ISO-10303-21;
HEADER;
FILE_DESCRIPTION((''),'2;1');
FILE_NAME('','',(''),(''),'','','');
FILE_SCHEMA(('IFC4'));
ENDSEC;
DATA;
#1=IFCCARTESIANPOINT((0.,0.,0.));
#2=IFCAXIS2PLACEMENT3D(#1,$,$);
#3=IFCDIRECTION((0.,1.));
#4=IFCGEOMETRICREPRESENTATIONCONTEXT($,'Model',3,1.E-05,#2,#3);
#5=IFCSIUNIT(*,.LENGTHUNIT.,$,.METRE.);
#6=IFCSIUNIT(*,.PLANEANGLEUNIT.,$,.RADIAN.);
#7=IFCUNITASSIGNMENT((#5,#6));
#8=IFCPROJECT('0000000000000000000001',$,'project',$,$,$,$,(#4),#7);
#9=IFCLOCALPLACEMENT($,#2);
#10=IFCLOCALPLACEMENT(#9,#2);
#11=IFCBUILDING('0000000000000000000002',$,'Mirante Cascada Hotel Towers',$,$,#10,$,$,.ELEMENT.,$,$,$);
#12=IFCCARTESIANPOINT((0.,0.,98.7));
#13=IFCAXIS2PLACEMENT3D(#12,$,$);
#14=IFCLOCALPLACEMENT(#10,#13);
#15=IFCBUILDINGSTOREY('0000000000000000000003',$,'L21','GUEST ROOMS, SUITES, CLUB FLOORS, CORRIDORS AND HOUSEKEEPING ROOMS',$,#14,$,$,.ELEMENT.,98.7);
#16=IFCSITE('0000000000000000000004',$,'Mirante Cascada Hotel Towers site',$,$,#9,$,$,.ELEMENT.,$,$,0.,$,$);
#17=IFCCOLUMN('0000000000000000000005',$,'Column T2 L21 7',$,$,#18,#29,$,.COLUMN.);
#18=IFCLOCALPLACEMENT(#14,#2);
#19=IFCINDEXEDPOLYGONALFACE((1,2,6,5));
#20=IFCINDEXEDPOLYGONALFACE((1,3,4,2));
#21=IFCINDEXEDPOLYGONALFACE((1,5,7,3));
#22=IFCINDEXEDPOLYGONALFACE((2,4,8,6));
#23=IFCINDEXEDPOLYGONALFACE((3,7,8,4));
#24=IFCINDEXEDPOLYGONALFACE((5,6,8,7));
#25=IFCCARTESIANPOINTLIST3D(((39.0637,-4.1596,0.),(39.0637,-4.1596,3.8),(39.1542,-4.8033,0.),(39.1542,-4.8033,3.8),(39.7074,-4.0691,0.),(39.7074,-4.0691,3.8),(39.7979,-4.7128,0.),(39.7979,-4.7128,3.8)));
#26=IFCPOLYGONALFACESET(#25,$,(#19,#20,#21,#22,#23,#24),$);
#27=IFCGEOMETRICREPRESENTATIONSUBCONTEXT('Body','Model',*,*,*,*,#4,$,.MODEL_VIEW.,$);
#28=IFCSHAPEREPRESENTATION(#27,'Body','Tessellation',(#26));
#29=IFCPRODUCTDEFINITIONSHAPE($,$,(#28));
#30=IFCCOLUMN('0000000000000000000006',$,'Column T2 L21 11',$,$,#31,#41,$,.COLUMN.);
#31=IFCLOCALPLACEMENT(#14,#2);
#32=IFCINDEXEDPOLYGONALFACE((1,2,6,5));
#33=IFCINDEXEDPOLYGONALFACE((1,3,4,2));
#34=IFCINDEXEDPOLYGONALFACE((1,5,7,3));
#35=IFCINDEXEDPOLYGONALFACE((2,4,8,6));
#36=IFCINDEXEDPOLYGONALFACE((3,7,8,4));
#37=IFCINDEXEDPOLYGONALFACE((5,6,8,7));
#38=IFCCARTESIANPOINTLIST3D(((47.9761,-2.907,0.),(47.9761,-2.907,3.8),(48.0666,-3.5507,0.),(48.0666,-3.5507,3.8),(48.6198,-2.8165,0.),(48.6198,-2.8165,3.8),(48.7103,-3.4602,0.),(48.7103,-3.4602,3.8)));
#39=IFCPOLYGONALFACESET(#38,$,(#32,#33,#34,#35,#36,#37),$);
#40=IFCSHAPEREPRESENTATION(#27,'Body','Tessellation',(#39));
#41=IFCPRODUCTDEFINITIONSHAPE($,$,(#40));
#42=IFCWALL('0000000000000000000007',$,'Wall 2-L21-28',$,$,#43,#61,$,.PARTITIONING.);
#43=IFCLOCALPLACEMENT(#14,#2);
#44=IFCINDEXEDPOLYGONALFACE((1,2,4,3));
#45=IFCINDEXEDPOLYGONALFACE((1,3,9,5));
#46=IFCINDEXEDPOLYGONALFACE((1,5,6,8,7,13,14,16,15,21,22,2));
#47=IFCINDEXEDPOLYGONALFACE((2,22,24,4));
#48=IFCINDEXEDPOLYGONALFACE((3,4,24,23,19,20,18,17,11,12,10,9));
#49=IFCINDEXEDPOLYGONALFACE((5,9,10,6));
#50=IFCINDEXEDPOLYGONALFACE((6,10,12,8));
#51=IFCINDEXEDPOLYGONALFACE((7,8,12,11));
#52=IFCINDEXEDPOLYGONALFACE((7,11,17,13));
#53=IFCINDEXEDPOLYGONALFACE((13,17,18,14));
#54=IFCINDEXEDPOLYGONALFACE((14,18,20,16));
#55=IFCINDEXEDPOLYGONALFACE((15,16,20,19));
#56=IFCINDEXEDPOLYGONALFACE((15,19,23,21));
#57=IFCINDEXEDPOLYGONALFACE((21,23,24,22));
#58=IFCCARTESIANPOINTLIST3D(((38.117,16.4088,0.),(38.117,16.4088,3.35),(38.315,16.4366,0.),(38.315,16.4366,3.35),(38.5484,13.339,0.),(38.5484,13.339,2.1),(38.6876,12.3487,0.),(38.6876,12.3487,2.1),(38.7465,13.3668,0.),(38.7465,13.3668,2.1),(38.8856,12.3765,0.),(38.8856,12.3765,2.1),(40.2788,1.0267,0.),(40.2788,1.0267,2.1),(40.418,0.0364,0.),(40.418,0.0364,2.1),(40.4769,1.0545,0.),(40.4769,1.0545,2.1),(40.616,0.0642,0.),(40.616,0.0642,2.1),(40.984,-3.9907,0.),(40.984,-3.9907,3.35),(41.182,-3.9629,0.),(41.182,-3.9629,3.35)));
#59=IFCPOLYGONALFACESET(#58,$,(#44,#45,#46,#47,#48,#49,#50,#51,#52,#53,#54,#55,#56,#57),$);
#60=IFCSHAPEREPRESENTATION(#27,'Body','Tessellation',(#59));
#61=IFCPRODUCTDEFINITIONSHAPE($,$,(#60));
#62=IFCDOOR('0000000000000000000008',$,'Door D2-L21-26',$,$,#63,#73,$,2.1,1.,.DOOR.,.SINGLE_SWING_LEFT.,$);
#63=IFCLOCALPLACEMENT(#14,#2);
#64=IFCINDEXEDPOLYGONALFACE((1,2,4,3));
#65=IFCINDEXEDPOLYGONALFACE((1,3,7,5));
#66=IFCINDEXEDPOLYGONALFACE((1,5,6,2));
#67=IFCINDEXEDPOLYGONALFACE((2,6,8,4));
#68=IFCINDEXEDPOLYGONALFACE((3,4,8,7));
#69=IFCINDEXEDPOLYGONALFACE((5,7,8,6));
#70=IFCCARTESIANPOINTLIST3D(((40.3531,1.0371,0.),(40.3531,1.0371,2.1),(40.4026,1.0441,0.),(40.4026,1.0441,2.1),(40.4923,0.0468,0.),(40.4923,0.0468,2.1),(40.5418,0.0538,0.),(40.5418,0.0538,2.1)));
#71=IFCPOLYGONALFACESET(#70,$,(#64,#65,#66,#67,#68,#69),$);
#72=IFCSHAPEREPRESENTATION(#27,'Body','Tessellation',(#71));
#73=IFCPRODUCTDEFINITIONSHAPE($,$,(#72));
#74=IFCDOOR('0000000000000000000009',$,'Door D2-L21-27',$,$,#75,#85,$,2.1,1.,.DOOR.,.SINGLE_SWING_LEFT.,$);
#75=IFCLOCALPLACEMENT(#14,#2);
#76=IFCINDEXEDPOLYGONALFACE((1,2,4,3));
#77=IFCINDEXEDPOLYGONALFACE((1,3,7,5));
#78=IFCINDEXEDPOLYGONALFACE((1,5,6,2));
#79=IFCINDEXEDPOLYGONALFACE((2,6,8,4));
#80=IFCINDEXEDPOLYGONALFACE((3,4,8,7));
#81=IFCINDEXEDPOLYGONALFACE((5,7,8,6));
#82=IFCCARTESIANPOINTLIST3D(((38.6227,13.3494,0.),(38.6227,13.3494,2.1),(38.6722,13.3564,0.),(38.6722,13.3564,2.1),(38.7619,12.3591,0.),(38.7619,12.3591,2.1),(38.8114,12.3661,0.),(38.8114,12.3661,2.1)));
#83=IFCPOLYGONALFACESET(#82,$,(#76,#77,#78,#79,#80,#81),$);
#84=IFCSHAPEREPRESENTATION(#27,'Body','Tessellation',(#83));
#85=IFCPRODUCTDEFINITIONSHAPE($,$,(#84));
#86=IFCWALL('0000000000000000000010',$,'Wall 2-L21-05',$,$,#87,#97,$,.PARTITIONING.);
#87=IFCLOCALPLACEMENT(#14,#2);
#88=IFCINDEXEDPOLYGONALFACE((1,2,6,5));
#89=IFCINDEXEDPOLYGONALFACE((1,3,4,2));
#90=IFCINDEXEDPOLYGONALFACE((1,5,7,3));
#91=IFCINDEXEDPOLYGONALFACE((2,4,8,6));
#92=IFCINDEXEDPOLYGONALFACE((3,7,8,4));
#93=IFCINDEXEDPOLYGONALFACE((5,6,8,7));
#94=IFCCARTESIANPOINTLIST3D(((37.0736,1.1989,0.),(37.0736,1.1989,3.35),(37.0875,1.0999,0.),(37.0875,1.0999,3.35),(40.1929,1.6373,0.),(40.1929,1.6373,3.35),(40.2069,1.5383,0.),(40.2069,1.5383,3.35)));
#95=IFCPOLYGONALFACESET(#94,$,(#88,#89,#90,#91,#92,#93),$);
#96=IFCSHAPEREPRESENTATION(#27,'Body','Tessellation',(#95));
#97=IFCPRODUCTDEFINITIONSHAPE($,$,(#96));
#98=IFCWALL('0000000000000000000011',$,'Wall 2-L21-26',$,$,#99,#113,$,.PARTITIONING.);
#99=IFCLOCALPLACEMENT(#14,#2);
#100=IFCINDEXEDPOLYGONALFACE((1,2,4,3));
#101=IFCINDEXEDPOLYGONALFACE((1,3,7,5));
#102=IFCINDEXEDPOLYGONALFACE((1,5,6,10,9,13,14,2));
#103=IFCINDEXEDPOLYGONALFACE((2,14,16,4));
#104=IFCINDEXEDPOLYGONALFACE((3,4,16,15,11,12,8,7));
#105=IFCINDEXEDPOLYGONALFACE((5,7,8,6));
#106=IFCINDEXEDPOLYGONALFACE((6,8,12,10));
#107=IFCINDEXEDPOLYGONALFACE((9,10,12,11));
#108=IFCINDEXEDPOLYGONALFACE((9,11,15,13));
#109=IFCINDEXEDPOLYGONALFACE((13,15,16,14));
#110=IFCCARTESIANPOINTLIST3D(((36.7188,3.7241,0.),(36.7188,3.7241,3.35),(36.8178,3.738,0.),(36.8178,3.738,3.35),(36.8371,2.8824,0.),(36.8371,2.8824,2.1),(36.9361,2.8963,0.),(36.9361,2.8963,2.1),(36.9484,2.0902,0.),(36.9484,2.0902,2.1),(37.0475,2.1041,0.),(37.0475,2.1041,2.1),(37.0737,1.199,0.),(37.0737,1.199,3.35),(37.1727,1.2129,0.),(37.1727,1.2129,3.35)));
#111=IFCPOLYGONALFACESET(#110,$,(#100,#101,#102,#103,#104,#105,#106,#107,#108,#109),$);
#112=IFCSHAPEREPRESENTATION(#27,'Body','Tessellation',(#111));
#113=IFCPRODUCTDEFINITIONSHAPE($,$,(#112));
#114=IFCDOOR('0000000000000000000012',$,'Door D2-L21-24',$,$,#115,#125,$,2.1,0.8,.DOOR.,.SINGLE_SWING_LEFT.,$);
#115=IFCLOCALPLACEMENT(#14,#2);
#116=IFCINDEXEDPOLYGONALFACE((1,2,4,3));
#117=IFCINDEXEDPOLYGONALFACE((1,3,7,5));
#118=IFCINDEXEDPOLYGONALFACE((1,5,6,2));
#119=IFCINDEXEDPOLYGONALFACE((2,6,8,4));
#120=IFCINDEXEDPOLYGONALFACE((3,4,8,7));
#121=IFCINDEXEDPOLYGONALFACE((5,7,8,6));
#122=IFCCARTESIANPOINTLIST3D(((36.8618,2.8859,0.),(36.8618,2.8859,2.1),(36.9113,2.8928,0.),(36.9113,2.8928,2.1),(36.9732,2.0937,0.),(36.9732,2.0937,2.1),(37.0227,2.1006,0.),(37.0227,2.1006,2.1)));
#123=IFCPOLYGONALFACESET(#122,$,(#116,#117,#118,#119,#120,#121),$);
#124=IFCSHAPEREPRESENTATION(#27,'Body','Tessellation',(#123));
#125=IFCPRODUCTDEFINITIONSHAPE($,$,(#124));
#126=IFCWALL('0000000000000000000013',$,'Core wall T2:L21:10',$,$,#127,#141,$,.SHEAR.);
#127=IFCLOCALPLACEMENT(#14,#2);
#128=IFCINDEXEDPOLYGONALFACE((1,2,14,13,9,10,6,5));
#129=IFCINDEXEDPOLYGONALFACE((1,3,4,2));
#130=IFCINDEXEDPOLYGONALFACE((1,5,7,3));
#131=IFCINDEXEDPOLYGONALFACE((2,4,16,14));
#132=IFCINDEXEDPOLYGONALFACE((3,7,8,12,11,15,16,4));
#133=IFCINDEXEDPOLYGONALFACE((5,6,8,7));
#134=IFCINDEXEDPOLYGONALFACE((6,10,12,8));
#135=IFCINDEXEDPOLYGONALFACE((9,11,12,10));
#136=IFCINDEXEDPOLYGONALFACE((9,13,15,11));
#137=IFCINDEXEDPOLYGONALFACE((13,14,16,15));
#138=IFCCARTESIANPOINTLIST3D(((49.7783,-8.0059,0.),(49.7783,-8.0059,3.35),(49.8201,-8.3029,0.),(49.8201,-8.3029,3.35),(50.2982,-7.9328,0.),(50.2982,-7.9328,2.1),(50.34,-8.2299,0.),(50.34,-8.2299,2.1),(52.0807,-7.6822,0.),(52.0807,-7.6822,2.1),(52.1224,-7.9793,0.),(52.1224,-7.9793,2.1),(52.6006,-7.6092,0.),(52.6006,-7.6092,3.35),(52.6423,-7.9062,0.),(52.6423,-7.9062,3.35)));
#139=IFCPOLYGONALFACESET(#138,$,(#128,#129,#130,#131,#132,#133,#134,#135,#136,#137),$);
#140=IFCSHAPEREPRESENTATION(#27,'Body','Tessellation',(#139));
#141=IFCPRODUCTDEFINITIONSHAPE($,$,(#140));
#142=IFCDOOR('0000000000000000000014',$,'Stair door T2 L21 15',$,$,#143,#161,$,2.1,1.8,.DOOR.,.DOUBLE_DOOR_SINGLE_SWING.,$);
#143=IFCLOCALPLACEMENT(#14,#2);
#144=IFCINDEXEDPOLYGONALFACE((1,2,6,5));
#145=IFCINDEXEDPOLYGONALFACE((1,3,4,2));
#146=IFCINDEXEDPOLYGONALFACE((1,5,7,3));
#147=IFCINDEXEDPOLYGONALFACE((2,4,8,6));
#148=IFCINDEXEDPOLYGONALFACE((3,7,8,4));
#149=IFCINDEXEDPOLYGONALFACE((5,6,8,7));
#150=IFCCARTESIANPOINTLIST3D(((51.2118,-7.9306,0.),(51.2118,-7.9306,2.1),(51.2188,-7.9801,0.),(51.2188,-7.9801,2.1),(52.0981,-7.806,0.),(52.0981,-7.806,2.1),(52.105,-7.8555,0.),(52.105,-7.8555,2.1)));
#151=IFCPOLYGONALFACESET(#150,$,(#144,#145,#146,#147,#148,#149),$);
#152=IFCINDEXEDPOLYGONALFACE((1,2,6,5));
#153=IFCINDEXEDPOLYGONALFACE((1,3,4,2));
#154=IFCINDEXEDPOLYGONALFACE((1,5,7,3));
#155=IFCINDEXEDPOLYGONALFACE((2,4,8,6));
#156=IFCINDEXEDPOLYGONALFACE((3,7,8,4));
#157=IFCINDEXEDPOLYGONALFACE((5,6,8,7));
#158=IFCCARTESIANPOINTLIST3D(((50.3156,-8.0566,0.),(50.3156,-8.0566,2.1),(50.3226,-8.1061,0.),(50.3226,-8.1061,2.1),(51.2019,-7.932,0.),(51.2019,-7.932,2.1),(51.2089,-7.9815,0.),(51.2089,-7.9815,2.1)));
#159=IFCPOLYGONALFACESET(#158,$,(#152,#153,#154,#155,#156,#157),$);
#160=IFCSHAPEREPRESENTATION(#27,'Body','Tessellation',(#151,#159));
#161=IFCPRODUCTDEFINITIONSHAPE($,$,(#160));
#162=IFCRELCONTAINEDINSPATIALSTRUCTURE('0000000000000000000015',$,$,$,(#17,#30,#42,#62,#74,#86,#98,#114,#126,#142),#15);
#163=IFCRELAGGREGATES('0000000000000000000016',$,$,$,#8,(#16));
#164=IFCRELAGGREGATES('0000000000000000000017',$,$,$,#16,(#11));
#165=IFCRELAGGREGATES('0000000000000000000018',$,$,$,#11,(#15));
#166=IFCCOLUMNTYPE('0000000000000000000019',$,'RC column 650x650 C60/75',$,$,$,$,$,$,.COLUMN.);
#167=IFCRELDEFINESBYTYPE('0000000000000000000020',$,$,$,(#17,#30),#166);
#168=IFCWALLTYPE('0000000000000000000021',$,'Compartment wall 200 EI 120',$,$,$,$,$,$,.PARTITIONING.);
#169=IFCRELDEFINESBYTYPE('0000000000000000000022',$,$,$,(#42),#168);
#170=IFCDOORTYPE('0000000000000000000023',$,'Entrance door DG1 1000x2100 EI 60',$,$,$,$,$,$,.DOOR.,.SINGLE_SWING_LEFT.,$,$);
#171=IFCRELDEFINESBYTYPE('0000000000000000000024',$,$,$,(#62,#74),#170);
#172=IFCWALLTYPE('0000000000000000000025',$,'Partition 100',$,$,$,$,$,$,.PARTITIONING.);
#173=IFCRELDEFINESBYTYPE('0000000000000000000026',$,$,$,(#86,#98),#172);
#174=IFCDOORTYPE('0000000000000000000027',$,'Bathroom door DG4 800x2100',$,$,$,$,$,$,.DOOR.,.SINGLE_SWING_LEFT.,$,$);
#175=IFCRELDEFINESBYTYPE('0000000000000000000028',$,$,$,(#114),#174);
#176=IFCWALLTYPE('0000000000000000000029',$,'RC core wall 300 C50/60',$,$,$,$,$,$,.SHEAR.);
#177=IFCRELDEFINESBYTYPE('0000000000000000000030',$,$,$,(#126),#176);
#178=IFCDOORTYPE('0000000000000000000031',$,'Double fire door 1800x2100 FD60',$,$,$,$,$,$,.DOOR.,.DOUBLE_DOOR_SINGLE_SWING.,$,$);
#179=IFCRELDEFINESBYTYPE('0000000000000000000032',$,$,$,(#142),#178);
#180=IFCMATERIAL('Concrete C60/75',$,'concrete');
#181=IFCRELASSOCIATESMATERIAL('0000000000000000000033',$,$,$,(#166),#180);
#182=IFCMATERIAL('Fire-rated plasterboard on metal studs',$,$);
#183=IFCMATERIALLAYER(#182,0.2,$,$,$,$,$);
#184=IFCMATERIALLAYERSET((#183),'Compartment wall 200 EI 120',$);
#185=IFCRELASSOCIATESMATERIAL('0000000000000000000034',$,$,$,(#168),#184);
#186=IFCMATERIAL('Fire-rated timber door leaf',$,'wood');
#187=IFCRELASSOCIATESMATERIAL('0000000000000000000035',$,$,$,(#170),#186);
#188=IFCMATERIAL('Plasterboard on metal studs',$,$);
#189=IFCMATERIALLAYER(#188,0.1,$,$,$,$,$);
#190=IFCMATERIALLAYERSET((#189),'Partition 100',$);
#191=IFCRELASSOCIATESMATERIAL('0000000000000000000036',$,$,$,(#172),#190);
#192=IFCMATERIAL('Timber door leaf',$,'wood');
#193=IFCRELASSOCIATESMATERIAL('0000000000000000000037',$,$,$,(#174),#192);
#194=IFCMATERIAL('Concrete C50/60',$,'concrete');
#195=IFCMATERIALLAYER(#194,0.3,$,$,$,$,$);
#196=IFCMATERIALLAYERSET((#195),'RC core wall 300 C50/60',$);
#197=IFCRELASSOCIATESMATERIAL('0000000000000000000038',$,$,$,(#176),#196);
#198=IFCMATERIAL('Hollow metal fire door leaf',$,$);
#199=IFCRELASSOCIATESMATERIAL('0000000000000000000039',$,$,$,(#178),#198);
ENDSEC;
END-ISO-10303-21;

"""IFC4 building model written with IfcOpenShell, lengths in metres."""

from ifc_helpers import new_model, si_unit, direction, frame, frame_2d, origin, origin_2d, place, context, subcontext, project, spatial, rectangle, extrude, material, layer, layer_set, material_profile, profile_set, type_object, element, fill, save


model = new_model("IFC4")

# Units and contexts
model_context = context("Model", 3, precision=1e-05, world=origin(), true_north=direction((0.0, 1.0)))
body_context = subcontext(model_context, "Body", "Model", "MODEL_VIEW")
ifc_project = project(units=[si_unit("LENGTHUNIT", "METRE"), si_unit("PLANEANGLEUNIT", "RADIAN")], contexts=[model_context])

# Site, building, storey
site_placement = place(None, origin())
site = spatial("IfcSite", under=ifc_project, at=site_placement, Name="Mirante Cascada Hotel Towers site", CompositionType="ELEMENT", RefElevation=0.0)
building_placement = place(site_placement, origin())
building = spatial("IfcBuilding", under=site, at=building_placement, Name="Mirante Cascada Hotel Towers", CompositionType="ELEMENT")
storey_placement = place(building_placement, frame((0.0, 0.0, 98.7)))
storey = spatial("IfcBuildingStorey", under=building, at=storey_placement, Name="L21", Description="GUEST ROOMS, SUITES, CLUB FLOORS, CORRIDORS AND HOUSEKEEPING ROOMS", CompositionType="ELEMENT", Elevation=98.7)

# Columns
ifc_material_1 = material(Name="Concrete C60/75", Category="concrete")
ifc_material_profile = material_profile(ifc_material_1, rectangle(XDim=0.65, YDim=0.65, at=origin_2d()), Name="RC column 650x650 C60/75")
ifc_profile_set = profile_set([ifc_material_profile], Name="Concrete C60/75")
column_type = type_object("IfcColumnType", Name="RC column 650x650 C60/75", PredefinedType="COLUMN", material=ifc_profile_set)
for number, where, z_axis, x_axis, name in (
    (1, (39.4308, -4.4362, 0.0), (0.0, 0.0, 1.0), (0.990268, 0.139173, 0.0), "Column T2 L21 7"),
    (2, (48.3432, -3.1836, 0.0), (0.0, 0.0, 1.0), (0.990268, 0.139173, 0.0), "Column T2 L21 11"),
):
    element("IfcColumn", number, at=place(storey_placement, frame(where, z_axis=z_axis, x_axis=x_axis)), inside=storey, type_object=column_type, Name=name, PredefinedType="COLUMN", context=body_context, shape_type="SweptSolid", body=[
        extrude(rectangle(XDim=0.65, YDim=0.65, at=origin_2d()), origin(), (0.0, 0.0, 1.0), 3.8),
    ])

# Wall, openings, doors
ifc_material_2 = material(Name="Fire-rated plasterboard on metal studs")
ifc_layer_1 = layer(ifc_material_2, 0.2)
ifc_layer_set_1 = layer_set([ifc_layer_1], Name="Compartment wall 200 EI 120")
wall_type_1 = type_object("IfcWallType", Name="Compartment wall 200 EI 120", PredefinedType="PARTITIONING", material=ifc_layer_set_1)
wall_1_placement = place(storey_placement, frame((41.083, -3.9768, 0.0), z_axis=(0.0, 0.0, 1.0), x_axis=(-0.139175, 0.990268, 0.0)))
wall_1 = element("IfcWall", 3, at=wall_1_placement, inside=storey, type_object=wall_type_1, Name="Wall 2-L21-28", PredefinedType="PARTITIONING", context=body_context, shape_type="SweptSolid", body=[
    extrude(rectangle(XDim=20.6, YDim=0.2, at=frame_2d((10.3, 0.0))), origin(), (0.0, 0.0, 1.0), 3.35),
])
opening_1_placement = place(wall_1_placement, frame((4.0667, 0.0, 0.0)))
opening_1 = element("IfcOpeningElement", 4, at=opening_1_placement, cuts=wall_1, PredefinedType="OPENING", context=body_context, shape_type="SweptSolid", body=[
    extrude(rectangle(XDim=1.0, YDim=2.1, at=frame_2d((0.5, 1.05))), frame((0.0, 0.1, 0.0), z_axis=(0.0, -1.0, 0.0), x_axis=(1.0, 0.0, 0.0)), (0.0, 0.0, 1.0), 0.2),
])
opening_2_placement = place(wall_1_placement, frame((16.5, 0.0, 0.0)))
opening_2 = element("IfcOpeningElement", 5, at=opening_2_placement, cuts=wall_1, PredefinedType="OPENING", context=body_context, shape_type="SweptSolid", body=[
    extrude(rectangle(XDim=1.0, YDim=2.1, at=frame_2d((0.5, 1.05))), frame((0.0, 0.1, 0.0), z_axis=(0.0, -1.0, 0.0), x_axis=(1.0, 0.0, 0.0)), (0.0, 0.0, 1.0), 0.2),
])
ifc_material_3 = material(Name="Fire-rated timber door leaf", Category="wood")
door_type_1 = type_object("IfcDoorType", Name="Entrance door DG1 1000x2100 EI 60", OperationType="SINGLE_SWING_LEFT", PredefinedType="DOOR", material=ifc_material_3)
door_1_placement = place(opening_1_placement, origin())
door_1 = element("IfcDoor", 6, at=door_1_placement, inside=storey, type_object=door_type_1, Name="Door D2-L21-26", OperationType="SINGLE_SWING_LEFT", OverallHeight=2.1, OverallWidth=1.0, PredefinedType="DOOR", context=body_context, shape_type="SweptSolid", body=[
    extrude(rectangle(XDim=1.0, YDim=2.1, at=frame_2d((0.5, 1.05))), frame((0.0, 0.025, 0.0), z_axis=(0.0, -1.0, 0.0), x_axis=(1.0, 0.0, 0.0)), (0.0, 0.0, 1.0), 0.05),
])
fill(opening_1, door_1)
door_2_placement = place(opening_2_placement, origin())
door_2 = element("IfcDoor", 7, at=door_2_placement, inside=storey, type_object=door_type_1, Name="Door D2-L21-27", OperationType="SINGLE_SWING_LEFT", OverallHeight=2.1, OverallWidth=1.0, PredefinedType="DOOR", context=body_context, shape_type="SweptSolid", body=[
    extrude(rectangle(XDim=1.0, YDim=2.1, at=frame_2d((0.5, 1.05))), frame((0.0, 0.025, 0.0), z_axis=(0.0, -1.0, 0.0), x_axis=(1.0, 0.0, 0.0)), (0.0, 0.0, 1.0), 0.05),
])
fill(opening_2, door_2)

# Wall
ifc_material_4 = material(Name="Plasterboard on metal studs")
ifc_layer_2 = layer(ifc_material_4, 0.1)
ifc_layer_set_2 = layer_set([ifc_layer_2], Name="Partition 100")
wall_type_2 = type_object("IfcWallType", Name="Partition 100", PredefinedType="PARTITIONING", material=ifc_layer_set_2)
wall_2_placement = place(storey_placement, frame((40.1999, 1.5878, 0.0), z_axis=(0.0, 0.0, 1.0), x_axis=(-0.990268, -0.139177, 0.0)))
element("IfcWall", 8, at=wall_2_placement, inside=storey, type_object=wall_type_2, Name="Wall 2-L21-05", PredefinedType="PARTITIONING", context=body_context, shape_type="SweptSolid", body=[
    extrude(rectangle(XDim=3.15, YDim=0.1, at=frame_2d((1.575, 0.0))), origin(), (0.0, 0.0, 1.0), 3.35),
])

# Walls, openings, doors
wall_3_placement = place(storey_placement, frame((37.1232, 1.2059, 0.0), z_axis=(0.0, 0.0, 1.0), x_axis=(-0.139181, 0.990267, 0.0)))
wall_3 = element("IfcWall", 9, at=wall_3_placement, inside=storey, type_object=wall_type_2, Name="Wall 2-L21-26", PredefinedType="PARTITIONING", context=body_context, shape_type="SweptSolid", body=[
    extrude(rectangle(XDim=2.5499, YDim=0.1, at=frame_2d((1.275, 0.0))), origin(), (0.0, 0.0, 1.0), 3.35),
])
opening_3_placement = place(wall_3_placement, frame((0.9, 0.0, 0.0)))
opening_3 = element("IfcOpeningElement", 10, at=opening_3_placement, cuts=wall_3, PredefinedType="OPENING", context=body_context, shape_type="SweptSolid", body=[
    extrude(rectangle(XDim=0.8, YDim=2.1, at=frame_2d((0.4, 1.05))), frame((0.0, 0.05, 0.0), z_axis=(0.0, -1.0, 0.0), x_axis=(1.0, 0.0, 0.0)), (0.0, 0.0, 1.0), 0.1),
])
ifc_material_5 = material(Name="Timber door leaf", Category="wood")
door_type_2 = type_object("IfcDoorType", Name="Bathroom door DG4 800x2100", OperationType="SINGLE_SWING_LEFT", PredefinedType="DOOR", material=ifc_material_5)
door_3_placement = place(opening_3_placement, origin())
door_3 = element("IfcDoor", 11, at=door_3_placement, inside=storey, type_object=door_type_2, Name="Door D2-L21-24", OperationType="SINGLE_SWING_LEFT", OverallHeight=2.1, OverallWidth=0.8, PredefinedType="DOOR", context=body_context, shape_type="SweptSolid", body=[
    extrude(rectangle(XDim=0.8, YDim=2.1, at=frame_2d((0.4, 1.05))), frame((0.0, 0.025, 0.0), z_axis=(0.0, -1.0, 0.0), x_axis=(1.0, 0.0, 0.0)), (0.0, 0.0, 1.0), 0.05),
])
fill(opening_3, door_3)
ifc_material_6 = material(Name="Concrete C50/60", Category="concrete")
ifc_layer_3 = layer(ifc_material_6, 0.3)
ifc_layer_set_3 = layer_set([ifc_layer_3], Name="RC core wall 300 C50/60")
wall_type_3 = type_object("IfcWallType", Name="RC core wall 300 C50/60", PredefinedType="SHEAR", material=ifc_layer_set_3)
wall_4_placement = place(storey_placement, frame((49.7992, -8.1544, 0.0), z_axis=(0.0, 0.0, 1.0), x_axis=(0.990266, 0.139191, 0.0)))
wall_4 = element("IfcWall", 12, at=wall_4_placement, inside=storey, type_object=wall_type_3, Name="Core wall T2:L21:10", PredefinedType="SHEAR", context=body_context, shape_type="SweptSolid", body=[
    extrude(rectangle(XDim=2.85, YDim=0.3, at=frame_2d((1.425, 0.0))), origin(), (0.0, 0.0, 1.0), 3.35),
])
opening_4_placement = place(wall_4_placement, frame((0.525, 0.0, 0.0)))
opening_4 = element("IfcOpeningElement", 13, at=opening_4_placement, cuts=wall_4, PredefinedType="OPENING", context=body_context, shape_type="SweptSolid", body=[
    extrude(rectangle(XDim=1.8, YDim=2.1, at=frame_2d((0.9, 1.05))), frame((0.0, 0.15, 0.0), z_axis=(0.0, -1.0, 0.0), x_axis=(1.0, 0.0, 0.0)), (0.0, 0.0, 1.0), 0.3),
])
ifc_material_7 = material(Name="Hollow metal fire door leaf")
door_type_3 = type_object("IfcDoorType", Name="Double fire door 1800x2100 FD60", OperationType="DOUBLE_DOOR_SINGLE_SWING", PredefinedType="DOOR", material=ifc_material_7)
door_4_placement = place(opening_4_placement, frame((1.8, 0.0, 0.0), z_axis=(0.0, 0.0, 1.0), x_axis=(-1.0, 0.0, 0.0)))
door_4 = element("IfcDoor", 14, at=door_4_placement, inside=storey, type_object=door_type_3, Name="Stair door T2 L21 15", OperationType="DOUBLE_DOOR_SINGLE_SWING", OverallHeight=2.1, OverallWidth=1.8, PredefinedType="DOOR", context=body_context, shape_type="SweptSolid", body=[
    extrude(rectangle(XDim=0.895, YDim=2.1, at=frame_2d((0.4475, 1.05))), frame((0.0, 0.025, 0.0), z_axis=(0.0, -1.0, 0.0), x_axis=(1.0, 0.0, 0.0)), (0.0, 0.0, 1.0), 0.05),
    extrude(rectangle(XDim=0.895, YDim=2.1, at=frame_2d((1.3525, 1.05))), frame((0.0, 0.025, 0.0), z_axis=(0.0, -1.0, 0.0), x_axis=(1.0, 0.0, 0.0)), (0.0, 0.0, 1.0), 0.05),
])
fill(opening_4, door_4)

save(model, "model.ifc")
